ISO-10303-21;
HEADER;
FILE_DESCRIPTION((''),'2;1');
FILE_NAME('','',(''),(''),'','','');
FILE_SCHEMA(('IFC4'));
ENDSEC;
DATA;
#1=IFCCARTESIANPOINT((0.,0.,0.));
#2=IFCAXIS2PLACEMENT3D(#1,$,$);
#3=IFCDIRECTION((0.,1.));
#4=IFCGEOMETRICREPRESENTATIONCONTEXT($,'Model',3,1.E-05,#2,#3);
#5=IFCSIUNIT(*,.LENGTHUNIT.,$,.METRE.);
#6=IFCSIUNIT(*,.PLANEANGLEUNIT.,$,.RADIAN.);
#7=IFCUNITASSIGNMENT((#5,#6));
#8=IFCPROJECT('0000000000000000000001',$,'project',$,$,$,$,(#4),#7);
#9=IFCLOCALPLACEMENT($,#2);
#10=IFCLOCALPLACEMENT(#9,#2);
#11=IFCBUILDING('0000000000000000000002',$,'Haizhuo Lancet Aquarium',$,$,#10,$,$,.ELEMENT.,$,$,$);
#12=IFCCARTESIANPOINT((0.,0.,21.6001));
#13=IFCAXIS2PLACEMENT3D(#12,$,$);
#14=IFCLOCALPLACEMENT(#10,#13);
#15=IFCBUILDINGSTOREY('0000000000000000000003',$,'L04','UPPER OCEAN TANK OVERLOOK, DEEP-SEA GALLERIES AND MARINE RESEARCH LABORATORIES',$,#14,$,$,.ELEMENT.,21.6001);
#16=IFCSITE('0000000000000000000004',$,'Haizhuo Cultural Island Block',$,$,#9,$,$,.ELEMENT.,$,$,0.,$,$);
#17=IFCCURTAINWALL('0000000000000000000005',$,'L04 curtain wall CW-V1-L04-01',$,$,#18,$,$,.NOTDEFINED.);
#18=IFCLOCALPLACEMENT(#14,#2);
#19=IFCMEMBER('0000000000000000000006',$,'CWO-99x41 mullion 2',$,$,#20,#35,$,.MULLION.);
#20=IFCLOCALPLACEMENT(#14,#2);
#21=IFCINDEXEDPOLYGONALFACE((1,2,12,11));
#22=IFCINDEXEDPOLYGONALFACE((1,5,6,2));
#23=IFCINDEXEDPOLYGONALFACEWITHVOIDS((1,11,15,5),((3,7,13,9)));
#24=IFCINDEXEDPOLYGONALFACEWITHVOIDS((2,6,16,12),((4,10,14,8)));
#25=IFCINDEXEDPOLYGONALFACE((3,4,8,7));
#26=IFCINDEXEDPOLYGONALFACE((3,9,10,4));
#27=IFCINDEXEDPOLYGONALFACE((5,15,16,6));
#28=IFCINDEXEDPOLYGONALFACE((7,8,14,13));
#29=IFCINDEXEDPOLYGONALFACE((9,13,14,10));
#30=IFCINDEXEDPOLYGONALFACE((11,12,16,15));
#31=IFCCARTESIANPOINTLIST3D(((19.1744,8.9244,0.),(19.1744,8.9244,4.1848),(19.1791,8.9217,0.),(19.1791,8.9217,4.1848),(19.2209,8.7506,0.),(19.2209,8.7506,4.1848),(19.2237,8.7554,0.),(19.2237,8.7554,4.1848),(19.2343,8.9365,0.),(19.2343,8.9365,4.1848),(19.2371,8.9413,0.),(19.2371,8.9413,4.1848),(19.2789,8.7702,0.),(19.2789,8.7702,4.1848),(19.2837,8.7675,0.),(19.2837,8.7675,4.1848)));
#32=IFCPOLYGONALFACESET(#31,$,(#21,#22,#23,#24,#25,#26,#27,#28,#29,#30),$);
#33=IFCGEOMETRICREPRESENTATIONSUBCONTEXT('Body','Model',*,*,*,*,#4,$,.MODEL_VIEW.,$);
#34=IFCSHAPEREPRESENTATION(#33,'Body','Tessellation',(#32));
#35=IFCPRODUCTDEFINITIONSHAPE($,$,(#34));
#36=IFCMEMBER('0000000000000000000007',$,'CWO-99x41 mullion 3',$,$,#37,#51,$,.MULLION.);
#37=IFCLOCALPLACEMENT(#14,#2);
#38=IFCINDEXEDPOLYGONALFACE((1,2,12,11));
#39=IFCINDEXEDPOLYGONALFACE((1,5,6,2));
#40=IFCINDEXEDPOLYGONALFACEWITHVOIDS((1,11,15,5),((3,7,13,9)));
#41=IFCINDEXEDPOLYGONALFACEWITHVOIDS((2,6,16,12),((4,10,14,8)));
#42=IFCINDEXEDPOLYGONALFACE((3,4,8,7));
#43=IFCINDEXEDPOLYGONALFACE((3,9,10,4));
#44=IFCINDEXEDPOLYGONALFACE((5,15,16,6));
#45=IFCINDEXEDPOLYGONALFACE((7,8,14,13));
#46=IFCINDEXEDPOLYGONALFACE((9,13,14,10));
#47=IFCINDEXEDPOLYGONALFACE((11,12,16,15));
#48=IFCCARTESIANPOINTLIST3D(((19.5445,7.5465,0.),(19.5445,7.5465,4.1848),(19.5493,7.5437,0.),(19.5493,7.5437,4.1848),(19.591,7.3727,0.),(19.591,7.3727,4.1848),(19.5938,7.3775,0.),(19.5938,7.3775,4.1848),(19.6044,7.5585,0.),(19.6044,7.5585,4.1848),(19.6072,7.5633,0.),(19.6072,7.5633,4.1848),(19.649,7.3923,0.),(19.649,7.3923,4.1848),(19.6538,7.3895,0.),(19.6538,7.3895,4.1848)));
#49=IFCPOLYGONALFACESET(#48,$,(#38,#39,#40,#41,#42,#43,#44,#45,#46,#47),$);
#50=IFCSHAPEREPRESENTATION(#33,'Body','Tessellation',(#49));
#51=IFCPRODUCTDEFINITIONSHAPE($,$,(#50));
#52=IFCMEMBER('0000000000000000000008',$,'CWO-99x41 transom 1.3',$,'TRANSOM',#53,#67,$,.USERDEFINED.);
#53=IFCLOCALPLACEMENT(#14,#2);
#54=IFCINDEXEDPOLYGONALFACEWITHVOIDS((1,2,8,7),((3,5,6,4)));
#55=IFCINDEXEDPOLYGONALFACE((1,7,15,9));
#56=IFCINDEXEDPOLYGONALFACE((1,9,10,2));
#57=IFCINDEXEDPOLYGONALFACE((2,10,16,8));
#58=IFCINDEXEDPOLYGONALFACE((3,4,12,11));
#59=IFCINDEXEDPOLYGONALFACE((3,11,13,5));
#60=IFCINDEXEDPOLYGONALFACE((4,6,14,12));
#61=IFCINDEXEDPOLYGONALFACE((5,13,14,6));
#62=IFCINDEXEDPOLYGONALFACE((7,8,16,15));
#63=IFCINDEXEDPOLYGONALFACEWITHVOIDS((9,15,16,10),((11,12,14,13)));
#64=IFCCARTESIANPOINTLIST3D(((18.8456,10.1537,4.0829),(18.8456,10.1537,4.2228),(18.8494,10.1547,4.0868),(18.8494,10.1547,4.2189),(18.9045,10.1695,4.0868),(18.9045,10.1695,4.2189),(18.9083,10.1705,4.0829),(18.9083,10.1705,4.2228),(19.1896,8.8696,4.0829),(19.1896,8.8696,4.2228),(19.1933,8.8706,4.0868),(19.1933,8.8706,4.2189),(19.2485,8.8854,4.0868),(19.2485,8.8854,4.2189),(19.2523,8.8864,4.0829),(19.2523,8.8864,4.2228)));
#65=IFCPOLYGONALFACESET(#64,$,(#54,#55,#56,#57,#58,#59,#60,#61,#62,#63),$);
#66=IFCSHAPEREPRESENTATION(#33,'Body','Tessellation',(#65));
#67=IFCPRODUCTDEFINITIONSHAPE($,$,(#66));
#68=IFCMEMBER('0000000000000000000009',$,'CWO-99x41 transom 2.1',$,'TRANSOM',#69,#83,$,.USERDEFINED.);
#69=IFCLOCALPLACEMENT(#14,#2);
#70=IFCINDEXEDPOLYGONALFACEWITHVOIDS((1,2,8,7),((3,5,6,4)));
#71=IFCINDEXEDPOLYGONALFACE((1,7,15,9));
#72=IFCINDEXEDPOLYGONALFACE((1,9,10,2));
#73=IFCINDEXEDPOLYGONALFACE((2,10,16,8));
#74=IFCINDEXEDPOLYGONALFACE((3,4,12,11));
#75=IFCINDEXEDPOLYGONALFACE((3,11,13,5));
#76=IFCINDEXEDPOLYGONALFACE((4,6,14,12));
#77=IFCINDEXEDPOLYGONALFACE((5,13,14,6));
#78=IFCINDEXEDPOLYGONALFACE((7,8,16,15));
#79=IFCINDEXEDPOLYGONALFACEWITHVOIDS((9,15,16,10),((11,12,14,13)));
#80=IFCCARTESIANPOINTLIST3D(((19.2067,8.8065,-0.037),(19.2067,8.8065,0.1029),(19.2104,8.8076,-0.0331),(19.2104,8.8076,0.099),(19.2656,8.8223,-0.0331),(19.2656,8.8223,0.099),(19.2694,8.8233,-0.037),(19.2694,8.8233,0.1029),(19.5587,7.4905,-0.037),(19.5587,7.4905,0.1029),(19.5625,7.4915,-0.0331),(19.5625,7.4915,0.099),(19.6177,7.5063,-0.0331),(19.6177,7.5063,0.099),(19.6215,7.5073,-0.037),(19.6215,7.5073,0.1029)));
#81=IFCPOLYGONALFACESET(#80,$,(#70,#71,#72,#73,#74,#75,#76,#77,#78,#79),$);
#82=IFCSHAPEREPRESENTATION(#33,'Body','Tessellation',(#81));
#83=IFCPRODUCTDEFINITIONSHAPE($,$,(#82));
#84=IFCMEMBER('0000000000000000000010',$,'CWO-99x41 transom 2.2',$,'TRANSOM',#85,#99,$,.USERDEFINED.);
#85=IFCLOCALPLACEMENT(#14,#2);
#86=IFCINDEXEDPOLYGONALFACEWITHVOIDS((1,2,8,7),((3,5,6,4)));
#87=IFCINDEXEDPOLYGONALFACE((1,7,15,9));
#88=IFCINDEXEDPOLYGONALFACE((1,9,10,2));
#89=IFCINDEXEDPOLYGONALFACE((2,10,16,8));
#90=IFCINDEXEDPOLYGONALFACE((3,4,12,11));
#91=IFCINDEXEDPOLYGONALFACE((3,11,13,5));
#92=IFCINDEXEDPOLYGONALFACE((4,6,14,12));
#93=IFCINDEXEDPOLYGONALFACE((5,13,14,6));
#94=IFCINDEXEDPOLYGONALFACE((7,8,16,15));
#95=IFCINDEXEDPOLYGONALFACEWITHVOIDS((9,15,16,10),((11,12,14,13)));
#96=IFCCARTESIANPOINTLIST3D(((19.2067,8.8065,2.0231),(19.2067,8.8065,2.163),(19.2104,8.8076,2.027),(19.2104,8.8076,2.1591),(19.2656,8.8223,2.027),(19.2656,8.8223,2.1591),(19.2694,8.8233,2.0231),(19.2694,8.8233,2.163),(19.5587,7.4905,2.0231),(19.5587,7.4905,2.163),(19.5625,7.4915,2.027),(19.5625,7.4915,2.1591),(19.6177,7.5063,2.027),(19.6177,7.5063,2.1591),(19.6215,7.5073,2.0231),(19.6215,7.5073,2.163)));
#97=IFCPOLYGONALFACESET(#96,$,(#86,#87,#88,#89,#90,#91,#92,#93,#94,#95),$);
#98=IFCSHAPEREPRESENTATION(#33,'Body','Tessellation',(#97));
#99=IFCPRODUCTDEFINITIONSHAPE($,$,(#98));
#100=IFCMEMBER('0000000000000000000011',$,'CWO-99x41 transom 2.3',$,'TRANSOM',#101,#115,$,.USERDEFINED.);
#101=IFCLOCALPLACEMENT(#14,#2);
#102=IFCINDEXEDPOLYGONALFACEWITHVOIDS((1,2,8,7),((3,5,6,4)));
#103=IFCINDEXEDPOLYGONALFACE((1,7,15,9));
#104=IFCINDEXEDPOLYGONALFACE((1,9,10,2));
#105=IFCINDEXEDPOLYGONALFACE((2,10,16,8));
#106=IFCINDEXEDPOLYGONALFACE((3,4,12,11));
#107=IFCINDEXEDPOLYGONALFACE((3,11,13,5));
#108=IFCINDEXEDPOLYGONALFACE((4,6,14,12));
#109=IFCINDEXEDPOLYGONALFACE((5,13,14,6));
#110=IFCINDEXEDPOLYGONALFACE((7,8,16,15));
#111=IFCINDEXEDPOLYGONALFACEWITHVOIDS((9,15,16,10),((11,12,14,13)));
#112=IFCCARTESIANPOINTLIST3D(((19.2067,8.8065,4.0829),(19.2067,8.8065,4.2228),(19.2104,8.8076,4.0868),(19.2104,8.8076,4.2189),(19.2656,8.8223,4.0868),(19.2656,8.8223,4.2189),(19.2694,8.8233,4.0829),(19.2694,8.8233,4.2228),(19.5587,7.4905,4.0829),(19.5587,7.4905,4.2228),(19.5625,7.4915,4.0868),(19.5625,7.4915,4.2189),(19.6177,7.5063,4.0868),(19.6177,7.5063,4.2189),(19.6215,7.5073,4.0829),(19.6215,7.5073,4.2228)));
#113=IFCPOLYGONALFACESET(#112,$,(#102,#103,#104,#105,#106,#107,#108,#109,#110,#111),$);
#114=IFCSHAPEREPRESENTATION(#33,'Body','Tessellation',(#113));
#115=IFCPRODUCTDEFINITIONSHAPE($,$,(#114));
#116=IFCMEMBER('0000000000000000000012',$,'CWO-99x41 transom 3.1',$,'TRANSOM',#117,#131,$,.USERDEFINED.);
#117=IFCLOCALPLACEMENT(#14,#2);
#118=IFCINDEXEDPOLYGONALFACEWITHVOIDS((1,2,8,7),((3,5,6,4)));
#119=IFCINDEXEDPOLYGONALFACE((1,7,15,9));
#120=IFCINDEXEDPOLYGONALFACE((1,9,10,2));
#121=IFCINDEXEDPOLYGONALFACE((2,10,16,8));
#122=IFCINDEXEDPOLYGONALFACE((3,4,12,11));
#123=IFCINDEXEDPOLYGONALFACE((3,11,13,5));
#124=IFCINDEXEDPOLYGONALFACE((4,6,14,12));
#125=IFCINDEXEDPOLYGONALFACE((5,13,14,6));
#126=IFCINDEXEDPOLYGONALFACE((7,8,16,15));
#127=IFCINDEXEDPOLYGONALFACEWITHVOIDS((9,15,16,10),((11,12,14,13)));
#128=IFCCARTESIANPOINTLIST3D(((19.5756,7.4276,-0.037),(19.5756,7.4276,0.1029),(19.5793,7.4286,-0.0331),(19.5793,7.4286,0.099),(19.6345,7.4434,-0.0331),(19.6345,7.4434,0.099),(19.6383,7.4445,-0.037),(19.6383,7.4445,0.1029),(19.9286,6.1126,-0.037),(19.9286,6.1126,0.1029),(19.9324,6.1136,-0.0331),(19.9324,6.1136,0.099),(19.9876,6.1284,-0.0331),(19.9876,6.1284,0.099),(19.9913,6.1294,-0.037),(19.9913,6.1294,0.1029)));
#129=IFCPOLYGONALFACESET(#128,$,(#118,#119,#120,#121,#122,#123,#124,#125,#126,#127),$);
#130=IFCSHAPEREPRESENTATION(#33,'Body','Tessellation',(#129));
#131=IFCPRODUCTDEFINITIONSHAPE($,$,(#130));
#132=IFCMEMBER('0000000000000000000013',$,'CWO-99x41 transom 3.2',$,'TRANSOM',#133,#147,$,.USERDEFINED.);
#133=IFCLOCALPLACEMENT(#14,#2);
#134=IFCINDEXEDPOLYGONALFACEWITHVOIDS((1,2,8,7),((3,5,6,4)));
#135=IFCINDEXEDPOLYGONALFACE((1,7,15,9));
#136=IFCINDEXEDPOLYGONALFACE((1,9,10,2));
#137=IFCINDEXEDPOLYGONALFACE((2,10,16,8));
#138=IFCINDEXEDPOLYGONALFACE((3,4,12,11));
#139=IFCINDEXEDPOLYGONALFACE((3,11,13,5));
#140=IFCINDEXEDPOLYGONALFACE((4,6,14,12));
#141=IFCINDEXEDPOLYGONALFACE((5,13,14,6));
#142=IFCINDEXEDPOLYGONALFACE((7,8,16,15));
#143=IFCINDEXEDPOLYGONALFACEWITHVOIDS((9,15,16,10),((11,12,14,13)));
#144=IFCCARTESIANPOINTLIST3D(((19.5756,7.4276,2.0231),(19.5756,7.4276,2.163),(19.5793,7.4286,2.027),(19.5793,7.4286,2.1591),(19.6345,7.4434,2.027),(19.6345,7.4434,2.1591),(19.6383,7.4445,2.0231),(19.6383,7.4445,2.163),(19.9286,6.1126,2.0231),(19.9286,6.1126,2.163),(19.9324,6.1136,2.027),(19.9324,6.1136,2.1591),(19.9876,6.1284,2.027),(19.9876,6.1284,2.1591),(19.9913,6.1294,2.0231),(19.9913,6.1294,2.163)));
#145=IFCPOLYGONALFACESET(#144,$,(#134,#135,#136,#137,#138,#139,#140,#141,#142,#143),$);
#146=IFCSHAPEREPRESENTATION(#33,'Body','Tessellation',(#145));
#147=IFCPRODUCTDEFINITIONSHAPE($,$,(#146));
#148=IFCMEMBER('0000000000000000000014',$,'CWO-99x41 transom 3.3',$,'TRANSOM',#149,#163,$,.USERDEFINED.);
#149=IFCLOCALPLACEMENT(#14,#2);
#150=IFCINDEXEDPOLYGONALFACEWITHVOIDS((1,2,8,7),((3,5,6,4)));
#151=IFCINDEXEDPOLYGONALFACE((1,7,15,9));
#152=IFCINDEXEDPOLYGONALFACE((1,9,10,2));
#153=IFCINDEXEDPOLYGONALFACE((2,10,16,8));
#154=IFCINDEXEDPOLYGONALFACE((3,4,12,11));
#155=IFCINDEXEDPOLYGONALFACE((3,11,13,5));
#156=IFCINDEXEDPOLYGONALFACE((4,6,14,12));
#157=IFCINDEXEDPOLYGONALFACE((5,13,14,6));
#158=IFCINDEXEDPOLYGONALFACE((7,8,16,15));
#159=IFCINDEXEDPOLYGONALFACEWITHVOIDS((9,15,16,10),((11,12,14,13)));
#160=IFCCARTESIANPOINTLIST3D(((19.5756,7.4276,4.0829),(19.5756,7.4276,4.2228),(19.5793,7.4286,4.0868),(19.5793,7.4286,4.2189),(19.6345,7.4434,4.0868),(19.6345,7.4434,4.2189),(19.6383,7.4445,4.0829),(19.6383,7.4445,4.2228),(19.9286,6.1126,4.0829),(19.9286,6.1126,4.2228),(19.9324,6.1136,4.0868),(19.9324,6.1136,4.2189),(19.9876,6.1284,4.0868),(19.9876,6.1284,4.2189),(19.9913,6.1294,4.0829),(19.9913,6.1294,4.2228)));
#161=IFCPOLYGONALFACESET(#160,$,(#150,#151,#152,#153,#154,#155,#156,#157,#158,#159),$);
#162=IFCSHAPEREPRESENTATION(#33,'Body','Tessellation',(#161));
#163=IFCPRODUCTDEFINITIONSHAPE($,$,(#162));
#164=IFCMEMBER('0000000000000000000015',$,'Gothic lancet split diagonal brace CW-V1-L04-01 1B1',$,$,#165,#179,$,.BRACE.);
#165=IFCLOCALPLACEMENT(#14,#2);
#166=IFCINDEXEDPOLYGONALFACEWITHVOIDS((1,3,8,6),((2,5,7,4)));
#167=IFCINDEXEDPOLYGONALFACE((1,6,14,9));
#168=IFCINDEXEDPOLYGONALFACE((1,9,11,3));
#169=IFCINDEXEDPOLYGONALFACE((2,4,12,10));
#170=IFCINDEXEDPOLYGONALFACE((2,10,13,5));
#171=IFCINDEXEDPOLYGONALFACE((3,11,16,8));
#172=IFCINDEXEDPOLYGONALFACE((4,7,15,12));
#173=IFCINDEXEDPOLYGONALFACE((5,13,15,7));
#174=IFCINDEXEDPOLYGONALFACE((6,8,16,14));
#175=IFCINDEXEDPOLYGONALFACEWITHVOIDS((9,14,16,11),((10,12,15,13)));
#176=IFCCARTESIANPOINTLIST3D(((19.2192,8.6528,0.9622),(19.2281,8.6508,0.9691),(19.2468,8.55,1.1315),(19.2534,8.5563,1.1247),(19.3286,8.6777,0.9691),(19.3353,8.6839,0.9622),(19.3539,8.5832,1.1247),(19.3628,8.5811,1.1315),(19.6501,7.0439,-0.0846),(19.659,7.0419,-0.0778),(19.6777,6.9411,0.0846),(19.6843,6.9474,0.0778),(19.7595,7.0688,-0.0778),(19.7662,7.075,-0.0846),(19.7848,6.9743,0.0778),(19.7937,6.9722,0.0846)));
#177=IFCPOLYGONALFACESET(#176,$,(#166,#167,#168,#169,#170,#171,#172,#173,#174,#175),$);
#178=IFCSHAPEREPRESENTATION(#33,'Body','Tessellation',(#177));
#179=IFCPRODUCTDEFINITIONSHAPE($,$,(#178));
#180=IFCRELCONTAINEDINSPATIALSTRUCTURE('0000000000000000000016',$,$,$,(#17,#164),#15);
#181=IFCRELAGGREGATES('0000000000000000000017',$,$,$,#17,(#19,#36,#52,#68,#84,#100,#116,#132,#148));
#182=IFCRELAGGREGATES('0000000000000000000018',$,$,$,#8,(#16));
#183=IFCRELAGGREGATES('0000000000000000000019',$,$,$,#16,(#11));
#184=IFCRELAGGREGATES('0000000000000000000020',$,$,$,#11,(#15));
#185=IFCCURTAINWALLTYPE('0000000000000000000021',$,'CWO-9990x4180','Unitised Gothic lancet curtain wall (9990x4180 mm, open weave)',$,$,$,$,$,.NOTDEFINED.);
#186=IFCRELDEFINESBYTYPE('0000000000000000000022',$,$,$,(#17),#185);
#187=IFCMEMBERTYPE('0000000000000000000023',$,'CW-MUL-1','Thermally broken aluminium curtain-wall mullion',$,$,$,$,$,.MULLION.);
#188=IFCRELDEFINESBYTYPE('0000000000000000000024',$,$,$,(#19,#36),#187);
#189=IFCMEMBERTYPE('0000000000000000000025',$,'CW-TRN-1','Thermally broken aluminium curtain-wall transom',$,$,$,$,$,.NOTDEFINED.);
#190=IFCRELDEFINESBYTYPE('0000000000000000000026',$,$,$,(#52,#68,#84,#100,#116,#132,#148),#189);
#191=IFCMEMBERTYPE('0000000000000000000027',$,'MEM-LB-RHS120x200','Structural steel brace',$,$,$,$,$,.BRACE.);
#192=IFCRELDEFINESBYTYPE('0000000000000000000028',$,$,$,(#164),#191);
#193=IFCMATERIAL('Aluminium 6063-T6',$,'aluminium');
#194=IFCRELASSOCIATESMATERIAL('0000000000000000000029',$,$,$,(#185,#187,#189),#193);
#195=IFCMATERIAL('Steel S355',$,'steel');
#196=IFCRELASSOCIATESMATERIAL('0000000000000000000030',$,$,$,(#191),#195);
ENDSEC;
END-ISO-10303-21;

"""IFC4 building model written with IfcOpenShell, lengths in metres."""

from ifc_helpers import new_model, si_unit, direction, frame, origin, origin_2d, place, context, subcontext, project, spatial, hollow_rectangle, extrude, material, material_profile, profile_set, type_object, element, aggregate, save


model = new_model("IFC4")

# Units and contexts
model_context = context("Model", 3, precision=1e-05, world=origin(), true_north=direction((0.0, 1.0)))
body_context = subcontext(model_context, "Body", "Model", "MODEL_VIEW")
ifc_project = project(units=[si_unit("LENGTHUNIT", "METRE"), si_unit("PLANEANGLEUNIT", "RADIAN")], contexts=[model_context])

# Site, building, storey
site_placement = place(None, origin())
site = spatial("IfcSite", under=ifc_project, at=site_placement, Name="Haizhuo Cultural Island Block", CompositionType="ELEMENT", RefElevation=0.0)
building_placement = place(site_placement, origin())
building = spatial("IfcBuilding", under=site, at=building_placement, Name="Haizhuo Lancet Aquarium", CompositionType="ELEMENT")
storey_placement = place(building_placement, frame((0.0, 0.0, 21.6001)))
storey = spatial("IfcBuildingStorey", under=building, at=storey_placement, Name="L04", Description="UPPER OCEAN TANK OVERLOOK, DEEP-SEA GALLERIES AND MARINE RESEARCH LABORATORIES", CompositionType="ELEMENT", Elevation=21.6001)

# Curtain wall, members
ifc_material_1 = material(Name="Aluminium 6063-T6", Category="aluminium")
curtain_wall_type = type_object("IfcCurtainWallType", Name="CWO-9990x4180", Description="Unitised Gothic lancet curtain wall (9990x4180 mm, open weave)", PredefinedType="NOTDEFINED", material=ifc_material_1)
curtain_wall_placement = place(storey_placement, origin())
curtain_wall = element("IfcCurtainWall", 1, at=curtain_wall_placement, inside=storey, type_object=curtain_wall_type, Name="L04 curtain wall CW-V1-L04-01", PredefinedType="NOTDEFINED")
ifc_material_profile_1 = material_profile(ifc_material_1, hollow_rectangle(XDim=0.0649, YDim=0.1799, WallThickness=0.0039, at=origin_2d()), Name="ALU-M 65x180x4")
ifc_profile_set_1 = profile_set([ifc_material_profile_1], Name="Aluminium 6063-T6")
member_type_1 = type_object("IfcMemberType", Name="CW-MUL-1", Description="Thermally broken aluminium curtain-wall mullion", PredefinedType="MULLION", material=ifc_profile_set_1)
member_1_placement = place(storey_placement, frame((19.229, 8.8459, 0.0), z_axis=(0.0, 0.0, 1.0), x_axis=(0.965917, 0.258853, 0.0)))
member_1 = element("IfcMember", 2, at=member_1_placement, type_object=member_type_1, Name="CWO-99x41 mullion 2", PredefinedType="MULLION", context=body_context, shape_type="SweptSolid", body=[
    extrude(hollow_rectangle(XDim=0.0649, YDim=0.1799, WallThickness=0.0039, at=origin_2d()), origin(), (0.0, 0.0, 1.0), 4.1848),
])
member_2_placement = place(storey_placement, frame((19.5991, 7.468, 0.0), z_axis=(0.0, 0.0, 1.0), x_axis=(0.965917, 0.258853, 0.0)))
member_2 = element("IfcMember", 3, at=member_2_placement, type_object=member_type_1, Name="CWO-99x41 mullion 3", PredefinedType="MULLION", context=body_context, shape_type="SweptSolid", body=[
    extrude(hollow_rectangle(XDim=0.0649, YDim=0.1799, WallThickness=0.0039, at=origin_2d()), origin(), (0.0, 0.0, 1.0), 4.1848),
])
ifc_material_profile_2 = material_profile(ifc_material_1, hollow_rectangle(XDim=0.0649, YDim=0.1399, WallThickness=0.0039, at=origin_2d()), Name="ALU-T 65x140x4")
ifc_profile_set_2 = profile_set([ifc_material_profile_2], Name="Aluminium 6063-T6")
member_type_2 = type_object("IfcMemberType", Name="CW-TRN-1", Description="Thermally broken aluminium curtain-wall transom", PredefinedType="NOTDEFINED", material=ifc_profile_set_2)
member_3_placement = place(storey_placement, frame((18.877, 10.1621, 4.1528), z_axis=(0.258748, -0.965945, 0.0), x_axis=(0.965945, 0.258748, 0.0)))
member_3 = element("IfcMember", 4, at=member_3_placement, type_object=member_type_2, Name="CWO-99x41 transom 1.3", ObjectType="TRANSOM", PredefinedType="USERDEFINED", context=body_context, shape_type="SweptSolid", body=[
    extrude(hollow_rectangle(XDim=0.0649, YDim=0.1399, WallThickness=0.0039, at=origin_2d()), origin(), (0.0, 0.0, 1.0), 1.3293),
])
member_4_placement = place(storey_placement, frame((19.238, 8.8149, 0.033), z_axis=(0.258443, -0.966026, 0.0), x_axis=(0.966026, 0.258443, 0.0)))
member_4 = element("IfcMember", 5, at=member_4_placement, type_object=member_type_2, Name="CWO-99x41 transom 2.1", ObjectType="TRANSOM", PredefinedType="USERDEFINED", context=body_context, shape_type="SweptSolid", body=[
    extrude(hollow_rectangle(XDim=0.0649, YDim=0.1399, WallThickness=0.0039, at=origin_2d()), origin(), (0.0, 0.0, 1.0), 1.3623),
])
member_5_placement = place(storey_placement, frame((19.238, 8.8149, 2.093), z_axis=(0.258443, -0.966026, 0.0), x_axis=(0.966026, 0.258443, 0.0)))
member_5 = element("IfcMember", 6, at=member_5_placement, type_object=member_type_2, Name="CWO-99x41 transom 2.2", ObjectType="TRANSOM", PredefinedType="USERDEFINED", context=body_context, shape_type="SweptSolid", body=[
    extrude(hollow_rectangle(XDim=0.0649, YDim=0.1399, WallThickness=0.0039, at=origin_2d()), origin(), (0.0, 0.0, 1.0), 1.3623),
])
member_6_placement = place(storey_placement, frame((19.238, 8.8149, 4.1528), z_axis=(0.258443, -0.966026, 0.0), x_axis=(0.966026, 0.258443, 0.0)))
member_6 = element("IfcMember", 7, at=member_6_placement, type_object=member_type_2, Name="CWO-99x41 transom 2.3", ObjectType="TRANSOM", PredefinedType="USERDEFINED", context=body_context, shape_type="SweptSolid", body=[
    extrude(hollow_rectangle(XDim=0.0649, YDim=0.1399, WallThickness=0.0039, at=origin_2d()), origin(), (0.0, 0.0, 1.0), 1.3623),
])
member_7_placement = place(storey_placement, frame((19.6069, 7.436, 0.033), z_axis=(0.259292, -0.965799, 0.0), x_axis=(0.965799, 0.259292, 0.0)))
member_7 = element("IfcMember", 8, at=member_7_placement, type_object=member_type_2, Name="CWO-99x41 transom 3.1", ObjectType="TRANSOM", PredefinedType="USERDEFINED", context=body_context, shape_type="SweptSolid", body=[
    extrude(hollow_rectangle(XDim=0.0649, YDim=0.1399, WallThickness=0.0039, at=origin_2d()), origin(), (0.0, 0.0, 1.0), 1.3616),
])
member_8_placement = place(storey_placement, frame((19.6069, 7.436, 2.093), z_axis=(0.259292, -0.965799, 0.0), x_axis=(0.965799, 0.259292, 0.0)))
member_8 = element("IfcMember", 9, at=member_8_placement, type_object=member_type_2, Name="CWO-99x41 transom 3.2", ObjectType="TRANSOM", PredefinedType="USERDEFINED", context=body_context, shape_type="SweptSolid", body=[
    extrude(hollow_rectangle(XDim=0.0649, YDim=0.1399, WallThickness=0.0039, at=origin_2d()), origin(), (0.0, 0.0, 1.0), 1.3616),
])
member_9_placement = place(storey_placement, frame((19.6069, 7.436, 4.1528), z_axis=(0.259292, -0.965799, 0.0), x_axis=(0.965799, 0.259292, 0.0)))
member_9 = element("IfcMember", 10, at=member_9_placement, type_object=member_type_2, Name="CWO-99x41 transom 3.3", ObjectType="TRANSOM", PredefinedType="USERDEFINED", context=body_context, shape_type="SweptSolid", body=[
    extrude(hollow_rectangle(XDim=0.0649, YDim=0.1399, WallThickness=0.0039, at=origin_2d()), origin(), (0.0, 0.0, 1.0), 1.3616),
])

# Member
ifc_material_2 = material(Name="Steel S355", Category="steel")
ifc_material_profile_3 = material_profile(ifc_material_2, hollow_rectangle(XDim=0.1201, YDim=0.2, WallThickness=0.0081, at=origin_2d()), Name="RHS 120x200x8")
ifc_profile_set_3 = profile_set([ifc_material_profile_3], Name="Steel S355")
member_type_3 = type_object("IfcMemberType", Name="MEM-LB-RHS120x200", Description="Structural steel brace", PredefinedType="BRACE", material=ifc_profile_set_3)
member_10_placement = place(storey_placement, frame((19.7219, 7.0081, 0.0), z_axis=(-0.219039, 0.817828, 0.532146), x_axis=(-0.965955, -0.258712, 0.0)))
element("IfcMember", 11, at=member_10_placement, inside=storey, type_object=member_type_3, Name="Gothic lancet split diagonal brace CW-V1-L04-01 1B1", PredefinedType="BRACE", context=body_context, shape_type="SweptSolid", body=[
    extrude(hollow_rectangle(XDim=0.1201, YDim=0.2, WallThickness=0.0081, at=origin_2d()), origin(), (0.0, 0.0, 1.0), 1.9673),
])

aggregate(curtain_wall, [member_1, member_2, member_3, member_4, member_5, member_6, member_7, member_8, member_9])

save(model, "model.ifc")
